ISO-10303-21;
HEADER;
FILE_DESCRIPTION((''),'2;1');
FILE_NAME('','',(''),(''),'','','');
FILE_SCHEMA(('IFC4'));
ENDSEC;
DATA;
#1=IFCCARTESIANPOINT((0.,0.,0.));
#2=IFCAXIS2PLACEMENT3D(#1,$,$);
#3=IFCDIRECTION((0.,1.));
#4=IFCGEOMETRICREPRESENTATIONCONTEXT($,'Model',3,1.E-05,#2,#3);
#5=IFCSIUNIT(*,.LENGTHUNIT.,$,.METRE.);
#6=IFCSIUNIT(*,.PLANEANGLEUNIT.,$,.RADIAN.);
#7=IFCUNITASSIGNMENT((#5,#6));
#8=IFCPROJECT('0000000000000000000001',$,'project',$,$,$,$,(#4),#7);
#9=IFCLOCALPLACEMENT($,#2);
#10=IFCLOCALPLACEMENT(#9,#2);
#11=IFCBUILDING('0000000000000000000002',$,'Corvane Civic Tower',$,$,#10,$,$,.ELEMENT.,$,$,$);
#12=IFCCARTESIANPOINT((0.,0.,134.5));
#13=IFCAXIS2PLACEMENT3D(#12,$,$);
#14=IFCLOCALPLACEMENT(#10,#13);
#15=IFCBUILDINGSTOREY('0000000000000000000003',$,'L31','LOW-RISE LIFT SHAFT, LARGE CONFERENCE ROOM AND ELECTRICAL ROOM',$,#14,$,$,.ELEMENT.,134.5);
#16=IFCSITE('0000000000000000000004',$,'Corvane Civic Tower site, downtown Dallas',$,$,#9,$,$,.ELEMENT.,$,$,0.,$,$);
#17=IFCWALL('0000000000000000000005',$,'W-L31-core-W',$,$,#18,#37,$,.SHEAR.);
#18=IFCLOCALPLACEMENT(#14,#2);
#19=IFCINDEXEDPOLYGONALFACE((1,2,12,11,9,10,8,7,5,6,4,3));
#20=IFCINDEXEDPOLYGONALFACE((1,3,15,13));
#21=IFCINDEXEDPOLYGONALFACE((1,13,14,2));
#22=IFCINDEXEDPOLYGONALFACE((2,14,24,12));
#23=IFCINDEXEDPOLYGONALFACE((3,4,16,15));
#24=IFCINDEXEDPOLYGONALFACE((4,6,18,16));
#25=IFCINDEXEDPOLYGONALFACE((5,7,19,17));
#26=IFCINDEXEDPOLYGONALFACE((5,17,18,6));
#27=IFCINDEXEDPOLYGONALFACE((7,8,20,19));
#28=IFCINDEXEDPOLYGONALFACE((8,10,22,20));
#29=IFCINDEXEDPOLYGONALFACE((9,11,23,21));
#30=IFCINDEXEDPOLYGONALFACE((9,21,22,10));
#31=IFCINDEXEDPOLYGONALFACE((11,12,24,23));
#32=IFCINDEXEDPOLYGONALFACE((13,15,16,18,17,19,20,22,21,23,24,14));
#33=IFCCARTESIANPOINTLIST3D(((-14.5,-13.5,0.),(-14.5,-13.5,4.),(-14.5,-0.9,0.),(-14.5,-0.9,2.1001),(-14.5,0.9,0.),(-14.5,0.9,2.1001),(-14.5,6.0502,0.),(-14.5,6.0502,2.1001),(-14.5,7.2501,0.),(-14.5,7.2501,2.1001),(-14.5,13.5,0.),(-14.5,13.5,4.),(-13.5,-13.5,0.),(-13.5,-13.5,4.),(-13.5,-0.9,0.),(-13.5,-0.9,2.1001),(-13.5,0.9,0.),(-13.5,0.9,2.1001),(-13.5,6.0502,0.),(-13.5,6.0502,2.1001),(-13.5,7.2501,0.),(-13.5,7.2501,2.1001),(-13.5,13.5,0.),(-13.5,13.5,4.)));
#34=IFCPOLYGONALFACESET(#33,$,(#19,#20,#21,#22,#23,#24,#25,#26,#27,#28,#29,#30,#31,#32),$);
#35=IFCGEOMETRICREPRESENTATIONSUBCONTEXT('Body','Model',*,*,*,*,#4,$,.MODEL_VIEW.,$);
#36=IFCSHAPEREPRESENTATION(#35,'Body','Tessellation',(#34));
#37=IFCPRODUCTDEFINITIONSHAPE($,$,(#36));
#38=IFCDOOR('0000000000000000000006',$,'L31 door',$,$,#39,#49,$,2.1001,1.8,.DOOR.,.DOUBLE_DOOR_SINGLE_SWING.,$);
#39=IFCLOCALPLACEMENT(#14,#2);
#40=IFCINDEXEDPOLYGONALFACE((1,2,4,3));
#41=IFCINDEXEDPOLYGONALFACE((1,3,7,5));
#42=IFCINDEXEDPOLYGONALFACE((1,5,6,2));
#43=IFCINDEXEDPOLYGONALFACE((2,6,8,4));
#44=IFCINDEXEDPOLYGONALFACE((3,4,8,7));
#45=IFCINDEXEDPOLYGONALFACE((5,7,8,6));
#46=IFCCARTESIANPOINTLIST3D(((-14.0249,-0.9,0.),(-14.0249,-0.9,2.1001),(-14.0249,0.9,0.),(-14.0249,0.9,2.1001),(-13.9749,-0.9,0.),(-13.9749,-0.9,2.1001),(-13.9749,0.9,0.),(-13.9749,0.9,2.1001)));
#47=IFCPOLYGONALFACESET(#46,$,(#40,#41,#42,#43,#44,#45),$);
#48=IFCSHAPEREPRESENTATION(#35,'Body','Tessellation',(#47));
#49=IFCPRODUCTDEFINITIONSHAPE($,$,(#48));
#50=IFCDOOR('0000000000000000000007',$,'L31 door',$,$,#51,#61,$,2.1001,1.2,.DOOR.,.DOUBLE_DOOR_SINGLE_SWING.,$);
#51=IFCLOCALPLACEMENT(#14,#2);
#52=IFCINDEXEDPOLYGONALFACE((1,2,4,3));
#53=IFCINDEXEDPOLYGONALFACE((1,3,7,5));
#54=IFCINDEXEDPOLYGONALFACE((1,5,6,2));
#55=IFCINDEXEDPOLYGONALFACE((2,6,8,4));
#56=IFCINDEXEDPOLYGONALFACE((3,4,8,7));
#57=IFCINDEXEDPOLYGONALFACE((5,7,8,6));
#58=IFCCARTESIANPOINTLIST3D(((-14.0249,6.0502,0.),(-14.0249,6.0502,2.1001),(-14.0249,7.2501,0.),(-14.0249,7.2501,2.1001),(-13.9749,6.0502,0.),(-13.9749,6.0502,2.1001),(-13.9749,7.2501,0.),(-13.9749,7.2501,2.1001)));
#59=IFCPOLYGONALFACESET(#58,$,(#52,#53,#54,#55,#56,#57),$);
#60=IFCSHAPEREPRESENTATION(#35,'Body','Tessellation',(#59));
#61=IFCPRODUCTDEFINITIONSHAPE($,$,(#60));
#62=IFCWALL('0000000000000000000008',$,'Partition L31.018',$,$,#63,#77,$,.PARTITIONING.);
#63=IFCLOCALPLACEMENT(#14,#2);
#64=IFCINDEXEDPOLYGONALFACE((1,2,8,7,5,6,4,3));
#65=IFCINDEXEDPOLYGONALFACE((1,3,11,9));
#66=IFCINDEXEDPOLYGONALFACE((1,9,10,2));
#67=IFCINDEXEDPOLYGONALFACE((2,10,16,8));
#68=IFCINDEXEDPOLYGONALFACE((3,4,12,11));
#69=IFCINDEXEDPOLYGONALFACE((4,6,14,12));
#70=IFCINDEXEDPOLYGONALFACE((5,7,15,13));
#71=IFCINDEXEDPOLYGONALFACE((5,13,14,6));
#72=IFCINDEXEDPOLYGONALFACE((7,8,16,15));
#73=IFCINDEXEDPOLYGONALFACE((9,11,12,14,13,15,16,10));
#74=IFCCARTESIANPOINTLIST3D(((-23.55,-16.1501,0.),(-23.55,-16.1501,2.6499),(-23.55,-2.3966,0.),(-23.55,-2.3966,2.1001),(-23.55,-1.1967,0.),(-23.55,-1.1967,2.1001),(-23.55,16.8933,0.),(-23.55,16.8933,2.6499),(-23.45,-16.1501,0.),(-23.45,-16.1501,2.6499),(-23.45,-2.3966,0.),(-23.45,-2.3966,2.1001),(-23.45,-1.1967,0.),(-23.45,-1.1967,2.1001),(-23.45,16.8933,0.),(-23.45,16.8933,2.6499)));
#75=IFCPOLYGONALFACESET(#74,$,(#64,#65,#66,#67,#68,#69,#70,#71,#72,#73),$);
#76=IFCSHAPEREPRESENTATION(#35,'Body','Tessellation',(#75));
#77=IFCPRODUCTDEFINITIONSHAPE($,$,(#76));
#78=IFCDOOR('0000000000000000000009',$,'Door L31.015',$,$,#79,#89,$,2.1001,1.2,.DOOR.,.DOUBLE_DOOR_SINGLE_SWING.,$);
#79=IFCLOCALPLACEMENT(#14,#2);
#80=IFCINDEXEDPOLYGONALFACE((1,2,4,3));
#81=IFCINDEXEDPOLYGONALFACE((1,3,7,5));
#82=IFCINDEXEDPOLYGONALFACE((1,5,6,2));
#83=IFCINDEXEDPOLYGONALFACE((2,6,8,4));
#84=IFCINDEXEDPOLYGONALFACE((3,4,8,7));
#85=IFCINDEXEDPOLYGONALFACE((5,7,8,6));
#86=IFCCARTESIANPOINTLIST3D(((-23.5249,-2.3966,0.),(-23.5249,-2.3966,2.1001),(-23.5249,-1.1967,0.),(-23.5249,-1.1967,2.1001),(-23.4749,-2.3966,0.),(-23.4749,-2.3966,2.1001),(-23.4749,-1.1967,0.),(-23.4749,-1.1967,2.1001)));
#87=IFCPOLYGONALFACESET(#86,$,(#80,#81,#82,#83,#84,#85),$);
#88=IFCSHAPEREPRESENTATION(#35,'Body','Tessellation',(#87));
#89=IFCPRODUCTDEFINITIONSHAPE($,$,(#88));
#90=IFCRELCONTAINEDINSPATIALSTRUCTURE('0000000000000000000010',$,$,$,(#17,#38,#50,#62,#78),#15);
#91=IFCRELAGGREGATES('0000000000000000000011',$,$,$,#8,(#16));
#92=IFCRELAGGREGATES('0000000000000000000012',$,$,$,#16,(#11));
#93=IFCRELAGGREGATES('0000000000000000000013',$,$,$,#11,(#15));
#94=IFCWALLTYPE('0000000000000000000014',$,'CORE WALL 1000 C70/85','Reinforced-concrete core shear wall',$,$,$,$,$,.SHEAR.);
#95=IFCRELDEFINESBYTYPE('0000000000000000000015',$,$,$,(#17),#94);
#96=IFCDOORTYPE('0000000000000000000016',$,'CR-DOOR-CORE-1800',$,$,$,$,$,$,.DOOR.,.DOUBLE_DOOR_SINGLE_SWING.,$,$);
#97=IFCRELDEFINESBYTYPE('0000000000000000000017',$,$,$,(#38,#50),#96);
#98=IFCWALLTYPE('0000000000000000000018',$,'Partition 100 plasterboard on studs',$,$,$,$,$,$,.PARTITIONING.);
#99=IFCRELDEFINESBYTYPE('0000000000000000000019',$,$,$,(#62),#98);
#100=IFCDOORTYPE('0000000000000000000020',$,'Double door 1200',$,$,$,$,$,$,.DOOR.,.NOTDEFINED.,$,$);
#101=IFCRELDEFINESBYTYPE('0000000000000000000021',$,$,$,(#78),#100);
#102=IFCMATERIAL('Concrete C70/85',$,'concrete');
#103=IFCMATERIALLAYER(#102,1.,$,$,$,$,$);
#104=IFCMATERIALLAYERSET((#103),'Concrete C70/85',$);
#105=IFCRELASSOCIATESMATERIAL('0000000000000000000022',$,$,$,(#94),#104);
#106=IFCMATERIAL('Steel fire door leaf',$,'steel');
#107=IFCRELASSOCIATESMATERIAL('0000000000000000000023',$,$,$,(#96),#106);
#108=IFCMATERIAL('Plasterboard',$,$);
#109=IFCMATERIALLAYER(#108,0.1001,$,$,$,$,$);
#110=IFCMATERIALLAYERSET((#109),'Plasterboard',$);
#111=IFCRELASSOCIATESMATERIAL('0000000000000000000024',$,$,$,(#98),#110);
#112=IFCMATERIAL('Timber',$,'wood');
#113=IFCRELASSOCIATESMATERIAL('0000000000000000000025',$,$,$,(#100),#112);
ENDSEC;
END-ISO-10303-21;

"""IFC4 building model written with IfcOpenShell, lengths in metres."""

from ifc_helpers import new_model, si_unit, direction, frame, frame_2d, origin, place, context, subcontext, project, spatial, rectangle, extrude, material, layer, layer_set, type_object, element, fill, save


model = new_model("IFC4")

# Units and contexts
model_context = context("Model", 3, precision=1e-05, world=origin(), true_north=direction((0.0, 1.0)))
body_context = subcontext(model_context, "Body", "Model", "MODEL_VIEW")
ifc_project = project(units=[si_unit("LENGTHUNIT", "METRE"), si_unit("PLANEANGLEUNIT", "RADIAN")], contexts=[model_context])

# Site, building, storey
site_placement = place(None, origin())
site = spatial("IfcSite", under=ifc_project, at=site_placement, Name="Corvane Civic Tower site, downtown Dallas", CompositionType="ELEMENT", RefElevation=0.0)
building_placement = place(site_placement, origin())
building = spatial("IfcBuilding", under=site, at=building_placement, Name="Corvane Civic Tower", CompositionType="ELEMENT")
storey_placement = place(building_placement, frame((0.0, 0.0, 134.5)))
storey = spatial("IfcBuildingStorey", under=building, at=storey_placement, Name="L31", Description="LOW-RISE LIFT SHAFT, LARGE CONFERENCE ROOM AND ELECTRICAL ROOM", CompositionType="ELEMENT", Elevation=134.5)

# Shared definitions
ifc_material_1 = material(Name="Concrete C70/85", Category="concrete")
ifc_layer_1 = layer(ifc_material_1, 1.0)
ifc_layer_set_1 = layer_set([ifc_layer_1], Name="Concrete C70/85")
wall_type_1 = type_object("IfcWallType", Name="CORE WALL 1000 C70/85", Description="Reinforced-concrete core shear wall", PredefinedType="SHEAR", material=ifc_layer_set_1)

# Wall, openings, doors
wall_1_placement = place(storey_placement, frame((-14.0, -13.5, 0.0), z_axis=(0.0, 0.0, 1.0), x_axis=(0.0, 1.0, 0.0)))
wall_1 = element("IfcWall", 1, at=wall_1_placement, inside=storey, type_object=wall_type_1, Name="W-L31-core-W", PredefinedType="SHEAR", context=body_context, shape_type="SweptSolid", body=[
    extrude(rectangle(XDim=27.0, YDim=1.0, at=frame_2d((13.5, 0.0))), origin(), (0.0, 0.0, 1.0), 4.0),
])
opening_1_placement = place(wall_1_placement, frame((12.6001, 0.0, 0.0)))
opening_1 = element("IfcOpeningElement", 2, at=opening_1_placement, cuts=wall_1, PredefinedType="OPENING", context=body_context, shape_type="SweptSolid", body=[
    extrude(rectangle(XDim=1.8, YDim=2.1001, at=frame_2d((0.8999, 1.05))), frame((0.0, 0.51, 0.0), z_axis=(0.0, -1.0, 0.0), x_axis=(1.0, 0.0, 0.0)), (0.0, 0.0, 1.0), 1.02),
])
opening_2_placement = place(wall_1_placement, frame((19.55, 0.0, 0.0)))
opening_2 = element("IfcOpeningElement", 3, at=opening_2_placement, cuts=wall_1, PredefinedType="OPENING", context=body_context, shape_type="SweptSolid", body=[
    extrude(rectangle(XDim=1.2, YDim=2.1001, at=frame_2d((0.6001, 1.05))), frame((0.0, 0.51, 0.0), z_axis=(0.0, -1.0, 0.0), x_axis=(1.0, 0.0, 0.0)), (0.0, 0.0, 1.0), 1.02),
])
ifc_material_2 = material(Name="Steel fire door leaf", Category="steel")
door_type_1 = type_object("IfcDoorType", Name="CR-DOOR-CORE-1800", OperationType="DOUBLE_DOOR_SINGLE_SWING", PredefinedType="DOOR", material=ifc_material_2)
door_1_placement = place(opening_1_placement, origin())
door_1 = element("IfcDoor", 4, at=door_1_placement, inside=storey, type_object=door_type_1, Name="L31 door", OperationType="DOUBLE_DOOR_SINGLE_SWING", OverallHeight=2.1001, OverallWidth=1.8, PredefinedType="DOOR", context=body_context, shape_type="SweptSolid", body=[
    extrude(rectangle(XDim=1.8, YDim=2.1001, at=frame_2d((0.8999, 1.05))), frame((0.0, 0.0249, 0.0), z_axis=(0.0, -1.0, 0.0), x_axis=(1.0, 0.0, 0.0)), (0.0, 0.0, 1.0), 0.05),
])
fill(opening_1, door_1)
door_2_placement = place(opening_2_placement, origin())
door_2 = element("IfcDoor", 5, at=door_2_placement, inside=storey, type_object=door_type_1, Name="L31 door", OperationType="DOUBLE_DOOR_SINGLE_SWING", OverallHeight=2.1001, OverallWidth=1.2, PredefinedType="DOOR", context=body_context, shape_type="SweptSolid", body=[
    extrude(rectangle(XDim=1.2, YDim=2.1001, at=frame_2d((0.6001, 1.05))), frame((0.0, 0.0249, 0.0), z_axis=(0.0, -1.0, 0.0), x_axis=(1.0, 0.0, 0.0)), (0.0, 0.0, 1.0), 0.05),
])
fill(opening_2, door_2)

# Wall, opening, door
ifc_material_3 = material(Name="Plasterboard")
ifc_layer_2 = layer(ifc_material_3, 0.1001)
ifc_layer_set_2 = layer_set([ifc_layer_2], Name="Plasterboard")
wall_type_2 = type_object("IfcWallType", Name="Partition 100 plasterboard on studs", PredefinedType="PARTITIONING", material=ifc_layer_set_2)
wall_2_placement = place(storey_placement, frame((-23.5, -16.1501, 0.0), z_axis=(0.0, 0.0, 1.0), x_axis=(0.0, 1.0, 0.0)))
wall_2 = element("IfcWall", 6, at=wall_2_placement, inside=storey, type_object=wall_type_2, Name="Partition L31.018", PredefinedType="PARTITIONING", context=body_context, shape_type="SweptSolid", body=[
    extrude(rectangle(XDim=33.0435, YDim=0.1001, at=frame_2d((16.5217, 0.0))), origin(), (0.0, 0.0, 1.0), 2.6499),
])
opening_3_placement = place(wall_2_placement, frame((13.7534, 0.0, 0.0)))
opening_3 = element("IfcOpeningElement", 7, at=opening_3_placement, cuts=wall_2, PredefinedType="OPENING", context=body_context, shape_type="SweptSolid", body=[
    extrude(rectangle(XDim=1.2, YDim=2.1001, at=frame_2d((0.6001, 1.05))), frame((0.0, 0.0601, 0.0), z_axis=(0.0, -1.0, 0.0), x_axis=(1.0, 0.0, 0.0)), (0.0, 0.0, 1.0), 0.1201),
])
ifc_material_4 = material(Name="Timber", Category="wood")
door_type_2 = type_object("IfcDoorType", Name="Double door 1200", OperationType="NOTDEFINED", PredefinedType="DOOR", material=ifc_material_4)
door_3_placement = place(opening_3_placement, origin())
door_3 = element("IfcDoor", 8, at=door_3_placement, inside=storey, type_object=door_type_2, Name="Door L31.015", OperationType="DOUBLE_DOOR_SINGLE_SWING", OverallHeight=2.1001, OverallWidth=1.2, PredefinedType="DOOR", context=body_context, shape_type="SweptSolid", body=[
    extrude(rectangle(XDim=1.2, YDim=2.1001, at=frame_2d((0.6001, 1.05))), frame((0.0, 0.0249, 0.0), z_axis=(0.0, -1.0, 0.0), x_axis=(1.0, 0.0, 0.0)), (0.0, 0.0, 1.0), 0.05),
])
fill(opening_3, door_3)

save(model, "model.ifc")
